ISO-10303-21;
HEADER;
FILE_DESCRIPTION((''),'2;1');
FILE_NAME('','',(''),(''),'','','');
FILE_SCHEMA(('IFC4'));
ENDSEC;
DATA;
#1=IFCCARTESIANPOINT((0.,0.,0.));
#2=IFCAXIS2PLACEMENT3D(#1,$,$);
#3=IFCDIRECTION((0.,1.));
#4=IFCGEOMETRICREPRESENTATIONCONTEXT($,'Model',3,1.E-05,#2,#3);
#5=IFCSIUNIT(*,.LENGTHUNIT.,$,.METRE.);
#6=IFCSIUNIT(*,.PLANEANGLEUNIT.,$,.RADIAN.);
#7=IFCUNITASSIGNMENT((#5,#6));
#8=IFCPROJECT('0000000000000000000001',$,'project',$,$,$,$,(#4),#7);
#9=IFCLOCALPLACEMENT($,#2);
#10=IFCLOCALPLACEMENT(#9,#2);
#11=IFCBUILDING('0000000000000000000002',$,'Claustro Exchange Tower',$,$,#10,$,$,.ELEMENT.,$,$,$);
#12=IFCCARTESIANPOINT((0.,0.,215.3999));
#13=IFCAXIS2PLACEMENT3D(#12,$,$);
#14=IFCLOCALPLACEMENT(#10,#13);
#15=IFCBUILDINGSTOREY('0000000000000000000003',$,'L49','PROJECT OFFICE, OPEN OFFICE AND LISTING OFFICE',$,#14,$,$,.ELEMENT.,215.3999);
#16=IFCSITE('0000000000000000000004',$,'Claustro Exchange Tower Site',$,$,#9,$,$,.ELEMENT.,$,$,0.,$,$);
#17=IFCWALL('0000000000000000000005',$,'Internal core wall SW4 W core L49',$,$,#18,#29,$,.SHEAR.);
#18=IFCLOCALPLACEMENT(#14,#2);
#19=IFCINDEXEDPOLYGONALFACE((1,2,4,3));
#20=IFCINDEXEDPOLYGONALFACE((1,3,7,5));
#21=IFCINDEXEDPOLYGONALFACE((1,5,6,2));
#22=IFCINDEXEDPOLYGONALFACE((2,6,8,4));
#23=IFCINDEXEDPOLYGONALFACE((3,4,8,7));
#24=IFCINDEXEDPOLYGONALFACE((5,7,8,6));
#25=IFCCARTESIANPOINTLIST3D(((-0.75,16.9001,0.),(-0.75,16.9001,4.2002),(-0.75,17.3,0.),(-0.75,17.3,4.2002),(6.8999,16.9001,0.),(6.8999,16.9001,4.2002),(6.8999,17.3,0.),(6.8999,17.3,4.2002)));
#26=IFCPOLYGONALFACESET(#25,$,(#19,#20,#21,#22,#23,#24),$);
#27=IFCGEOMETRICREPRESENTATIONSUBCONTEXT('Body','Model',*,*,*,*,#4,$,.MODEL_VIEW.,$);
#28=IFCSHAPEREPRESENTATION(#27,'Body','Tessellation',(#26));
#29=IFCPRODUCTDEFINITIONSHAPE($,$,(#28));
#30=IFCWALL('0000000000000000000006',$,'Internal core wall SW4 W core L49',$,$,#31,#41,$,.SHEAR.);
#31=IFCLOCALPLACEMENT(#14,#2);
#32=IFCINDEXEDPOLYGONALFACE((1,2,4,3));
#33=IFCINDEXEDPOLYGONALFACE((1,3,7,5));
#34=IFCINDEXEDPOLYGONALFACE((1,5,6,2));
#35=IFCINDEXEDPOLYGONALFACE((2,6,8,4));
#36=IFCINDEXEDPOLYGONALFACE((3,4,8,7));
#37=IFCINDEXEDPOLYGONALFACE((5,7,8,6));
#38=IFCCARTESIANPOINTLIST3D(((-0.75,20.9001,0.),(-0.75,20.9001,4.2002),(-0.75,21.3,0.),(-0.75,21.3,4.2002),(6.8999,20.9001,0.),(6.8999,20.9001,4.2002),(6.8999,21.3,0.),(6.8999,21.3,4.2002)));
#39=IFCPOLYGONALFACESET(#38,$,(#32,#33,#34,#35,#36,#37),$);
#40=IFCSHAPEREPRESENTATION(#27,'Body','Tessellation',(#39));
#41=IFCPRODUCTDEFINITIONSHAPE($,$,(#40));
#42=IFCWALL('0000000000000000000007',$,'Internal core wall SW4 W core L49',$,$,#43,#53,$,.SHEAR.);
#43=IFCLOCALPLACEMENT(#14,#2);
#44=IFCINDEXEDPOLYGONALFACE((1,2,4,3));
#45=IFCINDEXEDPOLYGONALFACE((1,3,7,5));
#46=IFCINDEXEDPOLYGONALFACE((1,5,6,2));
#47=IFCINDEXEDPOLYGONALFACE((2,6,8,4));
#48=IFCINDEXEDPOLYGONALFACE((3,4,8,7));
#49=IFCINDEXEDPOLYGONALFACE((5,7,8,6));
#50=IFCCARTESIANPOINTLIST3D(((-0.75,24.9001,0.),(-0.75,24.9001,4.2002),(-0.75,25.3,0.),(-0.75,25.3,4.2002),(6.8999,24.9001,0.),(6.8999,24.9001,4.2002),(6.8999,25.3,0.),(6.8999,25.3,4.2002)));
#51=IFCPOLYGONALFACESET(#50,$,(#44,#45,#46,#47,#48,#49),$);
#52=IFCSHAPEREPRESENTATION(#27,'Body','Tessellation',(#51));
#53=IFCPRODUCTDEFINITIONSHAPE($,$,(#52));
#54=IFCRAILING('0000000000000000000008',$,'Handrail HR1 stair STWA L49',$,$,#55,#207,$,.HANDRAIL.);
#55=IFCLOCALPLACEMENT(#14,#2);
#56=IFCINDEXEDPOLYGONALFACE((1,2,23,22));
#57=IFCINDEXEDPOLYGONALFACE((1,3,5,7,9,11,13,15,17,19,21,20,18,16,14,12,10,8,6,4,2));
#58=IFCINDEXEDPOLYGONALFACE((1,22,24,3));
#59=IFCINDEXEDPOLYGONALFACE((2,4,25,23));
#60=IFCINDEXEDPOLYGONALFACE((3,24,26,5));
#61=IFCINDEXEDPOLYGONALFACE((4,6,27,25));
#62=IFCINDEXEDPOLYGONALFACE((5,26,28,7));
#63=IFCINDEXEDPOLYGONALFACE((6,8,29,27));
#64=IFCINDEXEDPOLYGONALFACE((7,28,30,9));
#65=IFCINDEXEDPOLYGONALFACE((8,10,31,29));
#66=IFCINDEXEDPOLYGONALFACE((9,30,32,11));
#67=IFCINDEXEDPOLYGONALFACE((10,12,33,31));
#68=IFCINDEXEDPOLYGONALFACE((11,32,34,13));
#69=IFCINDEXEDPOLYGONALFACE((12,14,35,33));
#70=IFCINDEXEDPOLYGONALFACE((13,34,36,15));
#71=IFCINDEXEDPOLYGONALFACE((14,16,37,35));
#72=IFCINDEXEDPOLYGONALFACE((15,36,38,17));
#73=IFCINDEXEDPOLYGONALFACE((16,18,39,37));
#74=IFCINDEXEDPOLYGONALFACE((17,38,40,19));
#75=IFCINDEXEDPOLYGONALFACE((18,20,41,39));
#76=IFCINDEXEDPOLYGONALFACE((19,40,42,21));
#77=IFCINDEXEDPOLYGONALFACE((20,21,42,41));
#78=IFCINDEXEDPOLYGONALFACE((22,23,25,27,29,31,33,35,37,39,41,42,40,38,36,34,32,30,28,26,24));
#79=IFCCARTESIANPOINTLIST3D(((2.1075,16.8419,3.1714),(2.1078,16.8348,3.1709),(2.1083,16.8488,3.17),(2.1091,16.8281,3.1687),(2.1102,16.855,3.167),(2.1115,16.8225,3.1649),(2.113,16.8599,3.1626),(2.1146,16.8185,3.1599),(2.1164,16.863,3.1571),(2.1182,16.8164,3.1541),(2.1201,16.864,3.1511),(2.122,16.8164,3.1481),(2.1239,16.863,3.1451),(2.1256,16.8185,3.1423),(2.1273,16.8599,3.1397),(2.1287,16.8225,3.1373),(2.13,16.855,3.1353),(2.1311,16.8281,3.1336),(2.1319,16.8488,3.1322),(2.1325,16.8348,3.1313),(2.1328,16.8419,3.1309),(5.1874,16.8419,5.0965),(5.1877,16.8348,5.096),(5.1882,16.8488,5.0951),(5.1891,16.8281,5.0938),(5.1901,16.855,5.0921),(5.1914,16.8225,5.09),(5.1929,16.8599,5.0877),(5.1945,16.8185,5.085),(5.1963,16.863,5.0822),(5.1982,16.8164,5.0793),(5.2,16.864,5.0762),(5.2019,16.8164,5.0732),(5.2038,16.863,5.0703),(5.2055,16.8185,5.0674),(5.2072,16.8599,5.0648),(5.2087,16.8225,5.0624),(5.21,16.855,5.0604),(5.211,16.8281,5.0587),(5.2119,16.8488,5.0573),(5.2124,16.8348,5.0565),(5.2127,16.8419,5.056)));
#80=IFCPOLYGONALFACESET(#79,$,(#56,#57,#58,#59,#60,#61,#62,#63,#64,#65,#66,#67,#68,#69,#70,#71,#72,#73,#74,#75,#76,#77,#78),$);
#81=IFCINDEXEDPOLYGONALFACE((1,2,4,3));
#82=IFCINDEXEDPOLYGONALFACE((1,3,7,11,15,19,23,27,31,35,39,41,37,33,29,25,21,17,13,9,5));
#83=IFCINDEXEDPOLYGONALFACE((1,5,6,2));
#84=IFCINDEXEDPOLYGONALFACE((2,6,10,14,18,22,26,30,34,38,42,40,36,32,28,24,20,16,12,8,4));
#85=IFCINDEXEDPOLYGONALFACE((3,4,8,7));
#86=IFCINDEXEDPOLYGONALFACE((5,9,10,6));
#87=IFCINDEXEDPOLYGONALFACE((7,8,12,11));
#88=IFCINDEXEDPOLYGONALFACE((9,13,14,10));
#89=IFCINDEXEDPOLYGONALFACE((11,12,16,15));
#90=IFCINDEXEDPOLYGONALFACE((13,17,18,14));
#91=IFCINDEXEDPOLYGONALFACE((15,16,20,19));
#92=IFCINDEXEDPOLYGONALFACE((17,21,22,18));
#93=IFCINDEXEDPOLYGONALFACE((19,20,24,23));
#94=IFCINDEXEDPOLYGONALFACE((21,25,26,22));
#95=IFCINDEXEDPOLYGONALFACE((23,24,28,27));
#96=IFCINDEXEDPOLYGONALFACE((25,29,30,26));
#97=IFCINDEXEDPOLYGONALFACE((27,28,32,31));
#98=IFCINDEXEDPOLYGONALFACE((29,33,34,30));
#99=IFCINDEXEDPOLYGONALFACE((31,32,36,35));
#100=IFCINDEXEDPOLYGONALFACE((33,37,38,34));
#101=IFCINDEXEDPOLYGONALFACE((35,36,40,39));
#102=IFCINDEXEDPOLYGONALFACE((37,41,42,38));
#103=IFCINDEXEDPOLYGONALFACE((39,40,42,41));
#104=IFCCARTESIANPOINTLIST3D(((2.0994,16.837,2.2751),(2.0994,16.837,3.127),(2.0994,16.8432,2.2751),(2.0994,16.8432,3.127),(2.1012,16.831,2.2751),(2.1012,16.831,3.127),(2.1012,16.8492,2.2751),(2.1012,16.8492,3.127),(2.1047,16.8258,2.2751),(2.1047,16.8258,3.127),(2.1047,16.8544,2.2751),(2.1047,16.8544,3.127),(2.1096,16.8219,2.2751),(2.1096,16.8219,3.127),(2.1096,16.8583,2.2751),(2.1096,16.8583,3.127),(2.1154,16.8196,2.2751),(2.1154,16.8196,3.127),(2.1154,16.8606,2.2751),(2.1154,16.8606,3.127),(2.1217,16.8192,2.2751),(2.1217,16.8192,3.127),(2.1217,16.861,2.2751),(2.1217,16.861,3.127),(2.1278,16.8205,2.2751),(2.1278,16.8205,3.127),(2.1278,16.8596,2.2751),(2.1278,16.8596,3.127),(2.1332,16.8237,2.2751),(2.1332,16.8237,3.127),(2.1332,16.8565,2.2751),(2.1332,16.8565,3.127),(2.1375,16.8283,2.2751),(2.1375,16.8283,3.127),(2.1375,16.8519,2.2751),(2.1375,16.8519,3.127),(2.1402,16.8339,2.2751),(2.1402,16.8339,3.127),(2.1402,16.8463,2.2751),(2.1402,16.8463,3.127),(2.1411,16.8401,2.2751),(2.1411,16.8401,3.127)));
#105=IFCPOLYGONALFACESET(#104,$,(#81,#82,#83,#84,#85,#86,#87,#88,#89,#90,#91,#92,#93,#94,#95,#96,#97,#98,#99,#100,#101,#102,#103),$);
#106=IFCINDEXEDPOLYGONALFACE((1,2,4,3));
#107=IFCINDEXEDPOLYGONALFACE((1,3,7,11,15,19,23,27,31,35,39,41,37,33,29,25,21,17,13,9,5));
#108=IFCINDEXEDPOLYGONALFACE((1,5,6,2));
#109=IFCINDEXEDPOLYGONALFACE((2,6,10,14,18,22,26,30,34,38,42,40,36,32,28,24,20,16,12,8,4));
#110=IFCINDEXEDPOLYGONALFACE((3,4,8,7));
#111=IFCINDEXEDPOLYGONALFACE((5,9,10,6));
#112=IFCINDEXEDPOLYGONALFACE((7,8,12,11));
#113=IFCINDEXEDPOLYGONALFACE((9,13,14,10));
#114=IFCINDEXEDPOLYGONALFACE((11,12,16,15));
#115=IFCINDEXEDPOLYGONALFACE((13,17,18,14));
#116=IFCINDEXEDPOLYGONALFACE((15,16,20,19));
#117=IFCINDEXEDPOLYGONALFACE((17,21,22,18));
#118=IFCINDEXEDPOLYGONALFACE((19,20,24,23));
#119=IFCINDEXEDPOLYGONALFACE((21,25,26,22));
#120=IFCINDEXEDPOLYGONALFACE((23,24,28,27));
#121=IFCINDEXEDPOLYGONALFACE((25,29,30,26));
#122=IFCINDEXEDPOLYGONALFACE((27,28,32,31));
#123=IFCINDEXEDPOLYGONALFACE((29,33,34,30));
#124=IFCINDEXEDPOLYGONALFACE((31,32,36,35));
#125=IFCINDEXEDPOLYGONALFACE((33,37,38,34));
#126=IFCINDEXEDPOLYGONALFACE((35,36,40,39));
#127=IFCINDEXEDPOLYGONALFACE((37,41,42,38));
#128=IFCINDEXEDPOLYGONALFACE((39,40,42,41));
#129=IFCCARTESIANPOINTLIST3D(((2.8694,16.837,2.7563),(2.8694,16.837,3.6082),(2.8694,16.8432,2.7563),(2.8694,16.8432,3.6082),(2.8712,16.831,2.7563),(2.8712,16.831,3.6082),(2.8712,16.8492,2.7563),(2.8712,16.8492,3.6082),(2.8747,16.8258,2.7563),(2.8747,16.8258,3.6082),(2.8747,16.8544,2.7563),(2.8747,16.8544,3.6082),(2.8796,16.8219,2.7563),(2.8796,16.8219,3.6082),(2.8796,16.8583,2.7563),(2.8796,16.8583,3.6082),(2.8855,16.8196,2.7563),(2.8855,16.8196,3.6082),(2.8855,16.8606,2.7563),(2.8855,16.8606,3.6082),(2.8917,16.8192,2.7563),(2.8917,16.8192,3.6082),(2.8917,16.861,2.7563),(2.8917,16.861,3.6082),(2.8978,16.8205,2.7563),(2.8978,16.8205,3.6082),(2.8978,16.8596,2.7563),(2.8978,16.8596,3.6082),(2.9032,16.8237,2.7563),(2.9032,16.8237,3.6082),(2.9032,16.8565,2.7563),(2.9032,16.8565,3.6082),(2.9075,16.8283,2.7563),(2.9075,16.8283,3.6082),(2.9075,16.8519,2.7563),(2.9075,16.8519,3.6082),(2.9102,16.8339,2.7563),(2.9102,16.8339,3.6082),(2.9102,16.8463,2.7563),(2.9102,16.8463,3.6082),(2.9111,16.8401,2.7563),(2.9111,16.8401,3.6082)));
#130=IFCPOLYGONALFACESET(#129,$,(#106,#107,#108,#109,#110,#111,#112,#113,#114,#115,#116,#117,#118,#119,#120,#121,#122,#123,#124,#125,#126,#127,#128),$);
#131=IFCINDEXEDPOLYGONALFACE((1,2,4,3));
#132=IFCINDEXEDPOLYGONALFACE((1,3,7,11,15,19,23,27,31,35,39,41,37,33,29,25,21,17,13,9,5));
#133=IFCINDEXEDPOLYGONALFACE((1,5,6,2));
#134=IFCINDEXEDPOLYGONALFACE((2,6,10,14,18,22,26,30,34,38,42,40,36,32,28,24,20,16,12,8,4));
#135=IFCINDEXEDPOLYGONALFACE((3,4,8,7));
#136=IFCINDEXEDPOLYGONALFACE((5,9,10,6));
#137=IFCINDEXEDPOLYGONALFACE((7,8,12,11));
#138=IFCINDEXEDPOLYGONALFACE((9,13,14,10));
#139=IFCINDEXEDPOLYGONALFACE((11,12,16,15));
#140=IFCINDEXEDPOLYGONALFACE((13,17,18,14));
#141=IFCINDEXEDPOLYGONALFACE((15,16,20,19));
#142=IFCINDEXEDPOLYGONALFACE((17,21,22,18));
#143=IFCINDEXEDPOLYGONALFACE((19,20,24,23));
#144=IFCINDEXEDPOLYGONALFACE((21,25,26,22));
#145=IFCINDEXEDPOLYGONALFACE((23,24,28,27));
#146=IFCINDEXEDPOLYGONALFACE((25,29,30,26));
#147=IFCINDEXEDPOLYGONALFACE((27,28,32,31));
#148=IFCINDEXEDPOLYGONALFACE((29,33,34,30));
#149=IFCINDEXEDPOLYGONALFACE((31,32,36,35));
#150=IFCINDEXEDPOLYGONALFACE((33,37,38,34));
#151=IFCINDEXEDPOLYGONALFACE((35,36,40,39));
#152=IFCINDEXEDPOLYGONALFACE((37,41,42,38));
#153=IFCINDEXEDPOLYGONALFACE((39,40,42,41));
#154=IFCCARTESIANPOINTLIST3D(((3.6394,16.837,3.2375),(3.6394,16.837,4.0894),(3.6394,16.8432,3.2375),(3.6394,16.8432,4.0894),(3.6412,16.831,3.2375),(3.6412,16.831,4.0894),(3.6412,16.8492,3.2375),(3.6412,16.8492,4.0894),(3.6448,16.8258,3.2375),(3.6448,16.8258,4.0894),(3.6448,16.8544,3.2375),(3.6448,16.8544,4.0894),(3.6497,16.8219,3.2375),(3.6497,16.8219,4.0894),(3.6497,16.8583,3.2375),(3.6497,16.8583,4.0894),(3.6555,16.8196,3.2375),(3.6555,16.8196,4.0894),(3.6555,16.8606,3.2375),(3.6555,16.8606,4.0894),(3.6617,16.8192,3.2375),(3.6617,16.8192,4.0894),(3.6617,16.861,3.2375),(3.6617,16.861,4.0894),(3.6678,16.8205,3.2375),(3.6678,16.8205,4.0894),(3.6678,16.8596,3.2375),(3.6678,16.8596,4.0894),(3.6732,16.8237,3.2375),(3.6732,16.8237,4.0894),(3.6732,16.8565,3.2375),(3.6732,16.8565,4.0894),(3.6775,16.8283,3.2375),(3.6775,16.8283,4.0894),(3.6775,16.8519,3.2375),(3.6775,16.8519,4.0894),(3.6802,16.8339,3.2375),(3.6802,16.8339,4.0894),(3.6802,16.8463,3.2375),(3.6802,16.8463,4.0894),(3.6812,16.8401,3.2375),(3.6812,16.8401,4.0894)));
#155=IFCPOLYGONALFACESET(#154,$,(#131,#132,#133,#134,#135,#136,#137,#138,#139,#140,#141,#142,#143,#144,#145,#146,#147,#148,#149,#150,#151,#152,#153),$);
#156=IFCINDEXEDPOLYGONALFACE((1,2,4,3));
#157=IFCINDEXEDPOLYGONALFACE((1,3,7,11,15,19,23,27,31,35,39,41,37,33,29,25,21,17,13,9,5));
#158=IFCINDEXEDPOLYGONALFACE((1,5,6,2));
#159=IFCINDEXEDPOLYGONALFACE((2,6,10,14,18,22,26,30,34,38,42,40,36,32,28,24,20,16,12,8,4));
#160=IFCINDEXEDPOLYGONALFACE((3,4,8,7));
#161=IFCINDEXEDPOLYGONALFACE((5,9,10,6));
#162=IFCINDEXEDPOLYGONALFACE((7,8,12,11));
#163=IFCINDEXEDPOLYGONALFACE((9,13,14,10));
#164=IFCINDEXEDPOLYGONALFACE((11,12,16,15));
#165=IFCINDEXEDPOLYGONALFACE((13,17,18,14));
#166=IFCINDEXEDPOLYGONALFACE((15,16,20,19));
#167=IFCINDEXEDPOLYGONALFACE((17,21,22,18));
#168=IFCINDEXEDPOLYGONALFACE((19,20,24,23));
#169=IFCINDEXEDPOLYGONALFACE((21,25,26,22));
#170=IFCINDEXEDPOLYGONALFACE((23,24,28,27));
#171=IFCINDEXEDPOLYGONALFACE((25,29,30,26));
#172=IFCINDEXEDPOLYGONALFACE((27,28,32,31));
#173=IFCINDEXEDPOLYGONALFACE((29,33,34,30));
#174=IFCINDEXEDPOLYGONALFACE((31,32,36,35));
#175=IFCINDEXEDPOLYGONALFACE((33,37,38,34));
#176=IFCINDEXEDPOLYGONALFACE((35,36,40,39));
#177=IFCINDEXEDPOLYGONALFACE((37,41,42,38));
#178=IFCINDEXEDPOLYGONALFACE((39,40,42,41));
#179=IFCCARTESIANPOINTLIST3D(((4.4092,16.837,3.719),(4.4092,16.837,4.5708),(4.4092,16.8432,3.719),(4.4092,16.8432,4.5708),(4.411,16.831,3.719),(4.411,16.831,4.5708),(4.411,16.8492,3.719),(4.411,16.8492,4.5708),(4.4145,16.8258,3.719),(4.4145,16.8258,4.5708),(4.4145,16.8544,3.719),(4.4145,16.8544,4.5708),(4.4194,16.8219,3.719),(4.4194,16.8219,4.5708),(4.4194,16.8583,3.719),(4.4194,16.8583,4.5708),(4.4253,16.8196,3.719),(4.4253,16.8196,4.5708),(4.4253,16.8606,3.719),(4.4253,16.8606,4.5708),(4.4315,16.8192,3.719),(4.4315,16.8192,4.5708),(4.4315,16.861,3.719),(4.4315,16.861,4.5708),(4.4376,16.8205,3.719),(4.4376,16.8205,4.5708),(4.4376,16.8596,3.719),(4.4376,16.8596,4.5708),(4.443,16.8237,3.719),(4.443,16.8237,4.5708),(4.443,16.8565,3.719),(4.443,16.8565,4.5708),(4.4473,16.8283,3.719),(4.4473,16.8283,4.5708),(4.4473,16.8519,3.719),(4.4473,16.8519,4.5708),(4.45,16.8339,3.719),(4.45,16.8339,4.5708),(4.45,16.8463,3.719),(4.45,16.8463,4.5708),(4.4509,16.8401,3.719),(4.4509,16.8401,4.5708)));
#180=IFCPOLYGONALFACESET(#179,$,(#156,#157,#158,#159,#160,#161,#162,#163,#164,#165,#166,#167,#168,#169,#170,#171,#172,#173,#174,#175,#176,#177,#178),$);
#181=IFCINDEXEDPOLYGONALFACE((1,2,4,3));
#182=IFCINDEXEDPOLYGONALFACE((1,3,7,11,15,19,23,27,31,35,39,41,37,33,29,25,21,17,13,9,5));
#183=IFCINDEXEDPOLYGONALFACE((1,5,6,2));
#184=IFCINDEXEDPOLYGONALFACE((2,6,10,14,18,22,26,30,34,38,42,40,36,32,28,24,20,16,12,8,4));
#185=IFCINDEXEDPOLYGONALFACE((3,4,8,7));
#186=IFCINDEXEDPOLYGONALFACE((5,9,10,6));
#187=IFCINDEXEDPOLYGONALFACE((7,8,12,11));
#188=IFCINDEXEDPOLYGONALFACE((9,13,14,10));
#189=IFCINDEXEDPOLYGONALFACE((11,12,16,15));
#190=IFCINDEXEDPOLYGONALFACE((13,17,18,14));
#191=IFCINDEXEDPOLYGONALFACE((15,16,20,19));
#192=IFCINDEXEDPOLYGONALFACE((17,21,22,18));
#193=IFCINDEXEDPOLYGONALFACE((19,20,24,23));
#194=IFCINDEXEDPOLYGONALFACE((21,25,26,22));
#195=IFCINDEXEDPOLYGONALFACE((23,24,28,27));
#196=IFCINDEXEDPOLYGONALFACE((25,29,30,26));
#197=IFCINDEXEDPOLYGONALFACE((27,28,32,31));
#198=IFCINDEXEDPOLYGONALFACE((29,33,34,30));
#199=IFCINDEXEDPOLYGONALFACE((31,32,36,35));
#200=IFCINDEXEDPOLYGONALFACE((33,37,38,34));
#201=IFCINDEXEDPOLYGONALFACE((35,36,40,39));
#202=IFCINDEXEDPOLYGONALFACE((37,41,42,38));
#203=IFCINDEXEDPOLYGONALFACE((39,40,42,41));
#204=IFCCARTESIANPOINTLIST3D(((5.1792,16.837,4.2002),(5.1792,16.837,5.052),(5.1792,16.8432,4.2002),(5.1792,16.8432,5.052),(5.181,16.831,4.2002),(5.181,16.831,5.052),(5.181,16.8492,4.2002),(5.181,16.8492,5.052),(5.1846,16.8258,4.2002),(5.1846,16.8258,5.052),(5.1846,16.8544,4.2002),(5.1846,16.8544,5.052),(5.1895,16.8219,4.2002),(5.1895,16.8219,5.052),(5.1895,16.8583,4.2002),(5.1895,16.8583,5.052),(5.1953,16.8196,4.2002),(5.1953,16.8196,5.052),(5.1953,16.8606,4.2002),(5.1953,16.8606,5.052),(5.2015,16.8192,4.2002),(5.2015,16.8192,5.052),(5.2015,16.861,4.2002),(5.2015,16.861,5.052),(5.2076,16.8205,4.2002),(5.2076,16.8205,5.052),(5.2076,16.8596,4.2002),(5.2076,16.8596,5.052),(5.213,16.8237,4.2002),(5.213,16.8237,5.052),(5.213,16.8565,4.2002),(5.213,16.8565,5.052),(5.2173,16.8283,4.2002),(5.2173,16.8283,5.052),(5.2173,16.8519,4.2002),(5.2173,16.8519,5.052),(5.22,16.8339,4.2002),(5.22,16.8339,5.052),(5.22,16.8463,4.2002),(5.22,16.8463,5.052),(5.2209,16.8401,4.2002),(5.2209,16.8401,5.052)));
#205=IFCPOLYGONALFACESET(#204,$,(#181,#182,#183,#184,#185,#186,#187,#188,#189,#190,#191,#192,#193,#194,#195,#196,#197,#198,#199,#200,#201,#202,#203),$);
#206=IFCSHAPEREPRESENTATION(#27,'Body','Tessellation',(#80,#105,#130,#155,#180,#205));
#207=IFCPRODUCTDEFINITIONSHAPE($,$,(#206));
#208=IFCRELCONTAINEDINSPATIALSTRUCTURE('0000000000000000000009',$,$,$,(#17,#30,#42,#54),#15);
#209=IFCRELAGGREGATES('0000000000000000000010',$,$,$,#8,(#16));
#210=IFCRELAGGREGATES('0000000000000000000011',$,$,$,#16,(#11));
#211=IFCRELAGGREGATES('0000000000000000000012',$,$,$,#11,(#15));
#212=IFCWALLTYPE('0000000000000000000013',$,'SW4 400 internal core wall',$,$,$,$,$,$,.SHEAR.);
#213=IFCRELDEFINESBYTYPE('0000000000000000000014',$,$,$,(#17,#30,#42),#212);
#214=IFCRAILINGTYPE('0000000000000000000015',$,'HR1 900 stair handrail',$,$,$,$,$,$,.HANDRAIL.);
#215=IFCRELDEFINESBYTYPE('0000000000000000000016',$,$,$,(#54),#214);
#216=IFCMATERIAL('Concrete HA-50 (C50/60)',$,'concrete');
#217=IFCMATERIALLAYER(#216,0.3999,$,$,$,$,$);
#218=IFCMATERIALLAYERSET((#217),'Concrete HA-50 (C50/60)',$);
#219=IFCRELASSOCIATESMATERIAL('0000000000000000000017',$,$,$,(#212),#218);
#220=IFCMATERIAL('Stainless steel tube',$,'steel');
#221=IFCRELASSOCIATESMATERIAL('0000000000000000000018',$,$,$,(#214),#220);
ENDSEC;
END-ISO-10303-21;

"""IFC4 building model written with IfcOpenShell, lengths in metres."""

from ifc_helpers import new_model, si_unit, direction, frame, frame_2d, origin, origin_2d, place, context, subcontext, project, spatial, rectangle, circle, extrude, material, layer, layer_set, type_object, element, save


model = new_model("IFC4")

# Units and contexts
model_context = context("Model", 3, precision=1e-05, world=origin(), true_north=direction((0.0, 1.0)))
body_context = subcontext(model_context, "Body", "Model", "MODEL_VIEW")
ifc_project = project(units=[si_unit("LENGTHUNIT", "METRE"), si_unit("PLANEANGLEUNIT", "RADIAN")], contexts=[model_context])

# Site, building, storey
site_placement = place(None, origin())
site = spatial("IfcSite", under=ifc_project, at=site_placement, Name="Claustro Exchange Tower Site", CompositionType="ELEMENT", RefElevation=0.0)
building_placement = place(site_placement, origin())
building = spatial("IfcBuilding", under=site, at=building_placement, Name="Claustro Exchange Tower", CompositionType="ELEMENT")
storey_placement = place(building_placement, frame((0.0, 0.0, 215.3999)))
storey = spatial("IfcBuildingStorey", under=building, at=storey_placement, Name="L49", Description="PROJECT OFFICE, OPEN OFFICE AND LISTING OFFICE", CompositionType="ELEMENT", Elevation=215.3999)

# Walls
ifc_material_1 = material(Name="Concrete HA-50 (C50/60)", Category="concrete")
ifc_layer_1 = layer(ifc_material_1, 0.3999)
ifc_layer_set_1 = layer_set([ifc_layer_1], Name="Concrete HA-50 (C50/60)")
wall_type_1 = type_object("IfcWallType", Name="SW4 400 internal core wall", PredefinedType="SHEAR", material=ifc_layer_set_1)
for number, where, z_axis, x_axis, name in (
    (1, (-0.75, 17.1001, 0.0), (0.0, 0.0, 1.0), (1.0, 0.0, 0.0), "Internal core wall SW4 W core L49"),
    (2, (-0.75, 21.1001, 0.0), (0.0, 0.0, 1.0), (1.0, 0.0, 0.0), "Internal core wall SW4 W core L49"),
    (3, (-0.75, 25.1001, 0.0), (0.0, 0.0, 1.0), (1.0, 0.0, 0.0), "Internal core wall SW4 W core L49"),
):
    element("IfcWall", number, at=place(storey_placement, frame(where, z_axis=z_axis, x_axis=x_axis)), inside=storey, type_object=wall_type_1, Name=name, PredefinedType="SHEAR", context=body_context, shape_type="SweptSolid", body=[
        extrude(rectangle(XDim=7.6499, YDim=0.3999, at=frame_2d((3.825, 0.0))), origin(), (0.0, 0.0, 1.0), 4.2002),
    ])

# Railing
ifc_material_2 = material(Name="Stainless steel tube", Category="steel")
railing_type = type_object("IfcRailingType", Name="HR1 900 stair handrail", PredefinedType="HANDRAIL", material=ifc_material_2)
railing_placement = place(storey_placement, frame((2.1201, 16.8401, 2.2751)))
element("IfcRailing", 4, at=railing_placement, inside=storey, type_object=railing_type, Name="Handrail HR1 stair STWA L49", PredefinedType="HANDRAIL", context=body_context, shape_type="SweptSolid", body=[
    extrude(circle(Radius=0.0239, at=origin_2d()), frame((0.0, 0.0, 0.876), z_axis=(0.847979, 0.0, 0.530029), x_axis=(0.0, 1.0, 0.0)), (0.0, 0.0, 1.0), 3.6321),
    extrude(circle(Radius=0.021, at=origin_2d()), origin(), (0.0, 0.0, 1.0), 0.8518),
    extrude(circle(Radius=0.021, at=origin_2d()), frame((0.77, 0.0, 0.4812)), (0.0, 0.0, 1.0), 0.8518),
    extrude(circle(Radius=0.021, at=origin_2d()), frame((1.54, 0.0, 0.9624)), (0.0, 0.0, 1.0), 0.8518),
    extrude(circle(Radius=0.021, at=origin_2d()), frame((2.3098, 0.0, 1.4438)), (0.0, 0.0, 1.0), 0.8518),
    extrude(circle(Radius=0.021, at=origin_2d()), frame((3.0798, 0.0, 1.925)), (0.0, 0.0, 1.0), 0.8518),
])

save(model, "model.ifc")
